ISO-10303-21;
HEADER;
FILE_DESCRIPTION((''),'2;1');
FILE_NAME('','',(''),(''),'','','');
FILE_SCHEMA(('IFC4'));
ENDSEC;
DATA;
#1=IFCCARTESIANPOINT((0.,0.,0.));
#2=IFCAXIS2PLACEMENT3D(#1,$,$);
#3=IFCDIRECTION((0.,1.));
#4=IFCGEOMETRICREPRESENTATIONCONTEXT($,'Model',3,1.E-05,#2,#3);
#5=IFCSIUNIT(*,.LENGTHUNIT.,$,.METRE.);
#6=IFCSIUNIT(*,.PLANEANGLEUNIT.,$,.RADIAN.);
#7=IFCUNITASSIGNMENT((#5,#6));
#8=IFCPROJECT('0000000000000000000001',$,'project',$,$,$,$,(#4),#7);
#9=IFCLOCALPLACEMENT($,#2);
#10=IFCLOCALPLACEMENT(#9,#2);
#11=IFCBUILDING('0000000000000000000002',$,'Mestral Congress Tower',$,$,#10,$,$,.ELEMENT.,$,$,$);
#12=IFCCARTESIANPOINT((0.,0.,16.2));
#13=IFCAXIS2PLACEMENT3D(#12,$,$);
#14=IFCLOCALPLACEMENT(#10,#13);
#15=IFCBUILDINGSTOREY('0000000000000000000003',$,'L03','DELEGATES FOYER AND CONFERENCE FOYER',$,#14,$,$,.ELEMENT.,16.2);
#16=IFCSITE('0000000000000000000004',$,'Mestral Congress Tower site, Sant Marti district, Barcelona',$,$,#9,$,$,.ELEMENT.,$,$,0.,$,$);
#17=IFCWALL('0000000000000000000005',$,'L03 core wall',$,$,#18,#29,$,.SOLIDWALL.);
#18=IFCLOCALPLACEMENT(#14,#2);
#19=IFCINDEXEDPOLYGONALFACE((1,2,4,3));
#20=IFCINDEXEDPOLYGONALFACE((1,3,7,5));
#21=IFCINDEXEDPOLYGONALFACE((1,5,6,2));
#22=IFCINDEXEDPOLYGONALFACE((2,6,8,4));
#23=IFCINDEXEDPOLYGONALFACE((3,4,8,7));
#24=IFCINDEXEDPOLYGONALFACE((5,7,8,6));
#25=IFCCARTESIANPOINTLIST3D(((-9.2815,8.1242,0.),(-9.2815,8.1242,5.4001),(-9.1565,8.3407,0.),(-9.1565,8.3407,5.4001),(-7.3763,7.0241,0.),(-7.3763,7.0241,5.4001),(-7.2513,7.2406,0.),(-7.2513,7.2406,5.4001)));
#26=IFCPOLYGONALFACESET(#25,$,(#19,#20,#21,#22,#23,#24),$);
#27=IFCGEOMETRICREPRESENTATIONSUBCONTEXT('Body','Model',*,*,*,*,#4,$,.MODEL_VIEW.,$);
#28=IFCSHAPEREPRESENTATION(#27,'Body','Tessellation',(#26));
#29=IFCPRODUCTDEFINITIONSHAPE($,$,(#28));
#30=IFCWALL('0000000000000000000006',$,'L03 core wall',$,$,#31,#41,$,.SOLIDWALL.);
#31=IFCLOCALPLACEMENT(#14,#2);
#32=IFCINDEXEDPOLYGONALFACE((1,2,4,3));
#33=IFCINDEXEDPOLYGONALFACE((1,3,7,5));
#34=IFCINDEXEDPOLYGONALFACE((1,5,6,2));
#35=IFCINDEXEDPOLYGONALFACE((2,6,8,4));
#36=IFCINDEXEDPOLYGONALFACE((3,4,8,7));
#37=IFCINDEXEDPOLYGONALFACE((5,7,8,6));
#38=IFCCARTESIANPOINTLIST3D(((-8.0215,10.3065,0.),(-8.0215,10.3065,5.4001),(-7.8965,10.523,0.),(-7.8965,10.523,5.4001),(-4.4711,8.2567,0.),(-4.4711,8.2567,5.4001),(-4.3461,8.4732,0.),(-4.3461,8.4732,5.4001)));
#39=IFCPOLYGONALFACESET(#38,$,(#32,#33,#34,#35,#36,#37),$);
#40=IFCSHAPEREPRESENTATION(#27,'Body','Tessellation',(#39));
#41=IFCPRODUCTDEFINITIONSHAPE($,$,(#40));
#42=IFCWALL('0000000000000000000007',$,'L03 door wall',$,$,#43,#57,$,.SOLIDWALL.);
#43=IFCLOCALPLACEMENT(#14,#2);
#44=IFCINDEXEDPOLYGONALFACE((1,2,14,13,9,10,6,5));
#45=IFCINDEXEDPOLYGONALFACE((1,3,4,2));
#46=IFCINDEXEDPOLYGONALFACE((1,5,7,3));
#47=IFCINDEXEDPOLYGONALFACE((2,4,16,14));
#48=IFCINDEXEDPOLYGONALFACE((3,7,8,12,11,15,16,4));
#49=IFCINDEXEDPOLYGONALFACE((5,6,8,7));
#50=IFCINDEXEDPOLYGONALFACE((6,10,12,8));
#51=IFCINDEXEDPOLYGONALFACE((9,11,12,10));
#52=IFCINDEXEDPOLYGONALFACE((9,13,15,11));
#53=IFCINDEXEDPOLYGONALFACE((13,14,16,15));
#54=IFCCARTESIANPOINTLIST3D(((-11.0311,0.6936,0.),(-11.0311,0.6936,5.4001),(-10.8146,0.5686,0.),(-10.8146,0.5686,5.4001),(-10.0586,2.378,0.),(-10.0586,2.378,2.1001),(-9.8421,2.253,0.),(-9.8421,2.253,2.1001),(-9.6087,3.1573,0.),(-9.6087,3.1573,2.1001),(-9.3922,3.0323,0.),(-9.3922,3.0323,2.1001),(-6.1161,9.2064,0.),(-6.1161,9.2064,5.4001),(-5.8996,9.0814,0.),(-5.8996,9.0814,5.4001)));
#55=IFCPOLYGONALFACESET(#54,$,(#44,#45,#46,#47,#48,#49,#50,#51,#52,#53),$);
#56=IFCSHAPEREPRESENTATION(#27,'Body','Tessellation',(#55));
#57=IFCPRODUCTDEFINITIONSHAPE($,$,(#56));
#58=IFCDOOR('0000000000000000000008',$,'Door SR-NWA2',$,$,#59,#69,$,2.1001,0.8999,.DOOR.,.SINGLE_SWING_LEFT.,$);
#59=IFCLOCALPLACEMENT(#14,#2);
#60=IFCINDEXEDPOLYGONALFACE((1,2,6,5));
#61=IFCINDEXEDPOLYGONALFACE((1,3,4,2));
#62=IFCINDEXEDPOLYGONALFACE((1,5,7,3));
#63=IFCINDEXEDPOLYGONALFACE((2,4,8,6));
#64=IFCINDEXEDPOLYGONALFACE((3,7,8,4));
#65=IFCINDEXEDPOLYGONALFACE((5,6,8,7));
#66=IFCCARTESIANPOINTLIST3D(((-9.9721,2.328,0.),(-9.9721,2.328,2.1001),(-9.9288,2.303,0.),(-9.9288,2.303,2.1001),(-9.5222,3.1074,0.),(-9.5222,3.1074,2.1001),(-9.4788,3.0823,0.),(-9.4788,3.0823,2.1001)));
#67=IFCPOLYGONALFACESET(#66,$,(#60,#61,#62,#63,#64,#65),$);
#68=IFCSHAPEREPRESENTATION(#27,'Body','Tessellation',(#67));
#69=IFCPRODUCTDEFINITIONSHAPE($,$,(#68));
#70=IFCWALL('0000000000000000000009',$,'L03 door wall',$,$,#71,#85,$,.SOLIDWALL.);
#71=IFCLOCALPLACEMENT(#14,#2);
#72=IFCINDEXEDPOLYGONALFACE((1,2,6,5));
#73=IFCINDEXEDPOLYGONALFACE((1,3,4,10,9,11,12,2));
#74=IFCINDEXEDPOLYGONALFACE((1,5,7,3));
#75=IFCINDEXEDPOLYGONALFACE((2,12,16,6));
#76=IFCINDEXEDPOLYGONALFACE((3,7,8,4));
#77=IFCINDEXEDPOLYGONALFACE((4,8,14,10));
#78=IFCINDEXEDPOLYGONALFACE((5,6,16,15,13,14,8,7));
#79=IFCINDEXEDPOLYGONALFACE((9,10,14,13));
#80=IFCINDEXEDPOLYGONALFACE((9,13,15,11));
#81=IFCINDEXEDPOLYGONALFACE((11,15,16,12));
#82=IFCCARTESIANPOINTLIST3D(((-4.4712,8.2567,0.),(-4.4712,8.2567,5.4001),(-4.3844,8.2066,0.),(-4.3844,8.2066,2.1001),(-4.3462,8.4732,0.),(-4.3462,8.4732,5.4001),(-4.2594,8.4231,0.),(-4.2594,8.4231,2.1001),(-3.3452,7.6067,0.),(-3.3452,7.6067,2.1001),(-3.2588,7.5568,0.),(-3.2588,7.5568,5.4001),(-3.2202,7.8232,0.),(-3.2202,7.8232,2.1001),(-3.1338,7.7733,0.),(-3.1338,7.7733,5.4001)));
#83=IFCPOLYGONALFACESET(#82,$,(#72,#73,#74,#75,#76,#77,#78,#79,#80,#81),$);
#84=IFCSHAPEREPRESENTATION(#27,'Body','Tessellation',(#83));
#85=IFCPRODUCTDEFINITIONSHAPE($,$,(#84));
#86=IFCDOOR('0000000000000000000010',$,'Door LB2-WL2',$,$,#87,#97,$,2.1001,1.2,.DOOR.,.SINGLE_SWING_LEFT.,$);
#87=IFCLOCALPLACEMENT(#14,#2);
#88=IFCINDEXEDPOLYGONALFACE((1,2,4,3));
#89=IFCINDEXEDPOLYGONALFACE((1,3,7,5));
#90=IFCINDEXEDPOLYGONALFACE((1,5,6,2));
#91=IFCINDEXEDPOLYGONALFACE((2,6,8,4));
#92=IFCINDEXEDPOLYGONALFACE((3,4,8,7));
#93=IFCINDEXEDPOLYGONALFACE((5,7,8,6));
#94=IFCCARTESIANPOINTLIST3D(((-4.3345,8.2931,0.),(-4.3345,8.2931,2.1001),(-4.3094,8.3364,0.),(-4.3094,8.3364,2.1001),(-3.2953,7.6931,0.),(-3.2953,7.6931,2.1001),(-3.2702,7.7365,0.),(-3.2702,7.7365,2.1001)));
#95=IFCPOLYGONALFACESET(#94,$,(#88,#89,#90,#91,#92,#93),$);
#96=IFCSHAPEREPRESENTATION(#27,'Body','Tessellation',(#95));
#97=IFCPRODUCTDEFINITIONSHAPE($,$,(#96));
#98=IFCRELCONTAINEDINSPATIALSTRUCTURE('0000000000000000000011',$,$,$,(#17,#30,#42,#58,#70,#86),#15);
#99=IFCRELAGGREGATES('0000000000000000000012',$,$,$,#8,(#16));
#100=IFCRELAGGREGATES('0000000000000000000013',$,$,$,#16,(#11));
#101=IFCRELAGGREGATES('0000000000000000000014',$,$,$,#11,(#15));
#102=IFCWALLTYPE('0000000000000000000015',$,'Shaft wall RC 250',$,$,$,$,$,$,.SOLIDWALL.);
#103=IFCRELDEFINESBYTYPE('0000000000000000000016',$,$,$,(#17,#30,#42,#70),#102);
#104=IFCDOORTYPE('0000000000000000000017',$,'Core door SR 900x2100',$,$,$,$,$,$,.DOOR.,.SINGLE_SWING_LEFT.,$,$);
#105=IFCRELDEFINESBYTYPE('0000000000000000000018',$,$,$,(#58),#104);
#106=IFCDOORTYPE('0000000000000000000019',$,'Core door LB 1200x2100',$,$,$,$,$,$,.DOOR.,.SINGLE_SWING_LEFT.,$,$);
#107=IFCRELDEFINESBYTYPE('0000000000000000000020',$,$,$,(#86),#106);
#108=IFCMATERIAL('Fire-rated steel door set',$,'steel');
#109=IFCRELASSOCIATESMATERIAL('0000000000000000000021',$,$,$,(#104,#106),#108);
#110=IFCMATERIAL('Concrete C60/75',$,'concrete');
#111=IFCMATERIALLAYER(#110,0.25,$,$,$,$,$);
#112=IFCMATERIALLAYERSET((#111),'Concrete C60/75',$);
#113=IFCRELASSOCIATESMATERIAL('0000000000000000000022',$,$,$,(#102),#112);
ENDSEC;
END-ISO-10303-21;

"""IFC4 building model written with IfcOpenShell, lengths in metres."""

from ifc_helpers import new_model, si_unit, direction, frame, frame_2d, origin, place, context, subcontext, project, spatial, rectangle, extrude, material, layer, layer_set, type_object, element, fill, save


model = new_model("IFC4")

# Units and contexts
model_context = context("Model", 3, precision=1e-05, world=origin(), true_north=direction((0.0, 1.0)))
body_context = subcontext(model_context, "Body", "Model", "MODEL_VIEW")
ifc_project = project(units=[si_unit("LENGTHUNIT", "METRE"), si_unit("PLANEANGLEUNIT", "RADIAN")], contexts=[model_context])

# Site, building, storey
site_placement = place(None, origin())
site = spatial("IfcSite", under=ifc_project, at=site_placement, Name="Mestral Congress Tower site, Sant Marti district, Barcelona", CompositionType="ELEMENT", RefElevation=0.0)
building_placement = place(site_placement, origin())
building = spatial("IfcBuilding", under=site, at=building_placement, Name="Mestral Congress Tower", CompositionType="ELEMENT")
storey_placement = place(building_placement, frame((0.0, 0.0, 16.2)))
storey = spatial("IfcBuildingStorey", under=building, at=storey_placement, Name="L03", Description="DELEGATES FOYER AND CONFERENCE FOYER", CompositionType="ELEMENT", Elevation=16.2)

# Shared definitions
ifc_material_1 = material(Name="Fire-rated steel door set", Category="steel")
door_type_1 = type_object("IfcDoorType", Name="Core door SR 900x2100", OperationType="SINGLE_SWING_LEFT", PredefinedType="DOOR", material=ifc_material_1)

# Walls
ifc_material_2 = material(Name="Concrete C60/75", Category="concrete")
ifc_layer_1 = layer(ifc_material_2, 0.25)
ifc_layer_set_1 = layer_set([ifc_layer_1], Name="Concrete C60/75")
wall_type_1 = type_object("IfcWallType", Name="Shaft wall RC 250", PredefinedType="SOLIDWALL", material=ifc_layer_set_1)
for number, where, z_axis, x_axis, name in (
    (1, (-7.3137, 7.1323, 0.0), (0.0, 0.0, 1.0), (-0.866008, 0.50003, 0.0), "L03 core wall"),
):
    element("IfcWall", number, at=place(storey_placement, frame(where, z_axis=z_axis, x_axis=x_axis)), inside=storey, type_object=wall_type_1, Name=name, PredefinedType="SOLIDWALL", context=body_context, shape_type="SweptSolid", body=[
        extrude(rectangle(XDim=2.2, YDim=0.25, at=frame_2d((1.1001, 0.0))), origin(), (0.0, 0.0, 1.0), 5.4001),
    ])
wall_1_placement = place(storey_placement, frame((-7.959, 10.4148, 0.0), z_axis=(0.0, 0.0, 1.0), x_axis=(0.866021, -0.500008, 0.0)))
element("IfcWall", 2, at=wall_1_placement, inside=storey, type_object=wall_type_1, Name="L03 core wall", PredefinedType="SOLIDWALL", context=body_context, shape_type="SweptSolid", body=[
    extrude(rectangle(XDim=4.0996, YDim=0.25, at=frame_2d((2.0498, 0.0))), origin(), (0.0, 0.0, 1.0), 5.4001),
])

# Walls, openings, doors
wall_2_placement = place(storey_placement, frame((-6.0078, 9.144, 0.0), z_axis=(0.0, 0.0, 1.0), x_axis=(-0.500007, -0.866021, 0.0)))
wall_2 = element("IfcWall", 3, at=wall_2_placement, inside=storey, type_object=wall_type_1, Name="L03 door wall", PredefinedType="SOLIDWALL", context=body_context, shape_type="SweptSolid", body=[
    extrude(rectangle(XDim=9.8298, YDim=0.25, at=frame_2d((4.915, 0.0))), origin(), (0.0, 0.0, 1.0), 5.4001),
])
opening_1_placement = place(wall_2_placement, frame((6.9851, 0.0, 0.0)))
opening_1 = element("IfcOpeningElement", 4, at=opening_1_placement, cuts=wall_2, PredefinedType="OPENING", context=body_context, shape_type="SweptSolid", body=[
    extrude(rectangle(XDim=0.8999, YDim=2.1001, at=frame_2d((0.45, 1.05))), frame((0.0, 0.135, 0.0), z_axis=(0.0, -1.0, 0.0), x_axis=(1.0, 0.0, 0.0)), (0.0, 0.0, 1.0), 0.27),
])
door_1_placement = place(opening_1_placement, origin())
door_1 = element("IfcDoor", 5, at=door_1_placement, inside=storey, type_object=door_type_1, Name="Door SR-NWA2", OperationType="SINGLE_SWING_LEFT", OverallHeight=2.1001, OverallWidth=0.8999, PredefinedType="DOOR", context=body_context, shape_type="SweptSolid", body=[
    extrude(rectangle(XDim=0.8999, YDim=2.1001, at=frame_2d((0.45, 1.05))), frame((0.0, 0.0249, 0.0), z_axis=(0.0, -1.0, 0.0), x_axis=(1.0, 0.0, 0.0)), (0.0, 0.0, 1.0), 0.05),
])
fill(opening_1, door_1)
wall_3_placement = place(storey_placement, frame((-4.4087, 8.365, 0.0), z_axis=(0.0, 0.0, 1.0), x_axis=(0.866035, -0.499984, 0.0)))
wall_3 = element("IfcWall", 6, at=wall_3_placement, inside=storey, type_object=wall_type_1, Name="L03 door wall", PredefinedType="SOLIDWALL", context=body_context, shape_type="SweptSolid", body=[
    extrude(rectangle(XDim=1.3999, YDim=0.25, at=frame_2d((0.7, 0.0))), origin(), (0.0, 0.0, 1.0), 5.4001),
])
opening_2_placement = place(wall_3_placement, frame((0.1001, 0.0, 0.0)))
opening_2 = element("IfcOpeningElement", 7, at=opening_2_placement, cuts=wall_3, PredefinedType="OPENING", context=body_context, shape_type="SweptSolid", body=[
    extrude(rectangle(XDim=1.2, YDim=2.1001, at=frame_2d((0.6001, 1.05))), frame((0.0, 0.135, 0.0), z_axis=(0.0, -1.0, 0.0), x_axis=(1.0, 0.0, 0.0)), (0.0, 0.0, 1.0), 0.27),
])
door_type_2 = type_object("IfcDoorType", Name="Core door LB 1200x2100", OperationType="SINGLE_SWING_LEFT", PredefinedType="DOOR", material=ifc_material_1)
door_2_placement = place(opening_2_placement, origin())
door_2 = element("IfcDoor", 8, at=door_2_placement, inside=storey, type_object=door_type_2, Name="Door LB2-WL2", OperationType="SINGLE_SWING_LEFT", OverallHeight=2.1001, OverallWidth=1.2, PredefinedType="DOOR", context=body_context, shape_type="SweptSolid", body=[
    extrude(rectangle(XDim=1.2, YDim=2.1001, at=frame_2d((0.6001, 1.05))), frame((0.0, 0.0249, 0.0), z_axis=(0.0, -1.0, 0.0), x_axis=(1.0, 0.0, 0.0)), (0.0, 0.0, 1.0), 0.05),
])
fill(opening_2, door_2)

save(model, "model.ifc")
